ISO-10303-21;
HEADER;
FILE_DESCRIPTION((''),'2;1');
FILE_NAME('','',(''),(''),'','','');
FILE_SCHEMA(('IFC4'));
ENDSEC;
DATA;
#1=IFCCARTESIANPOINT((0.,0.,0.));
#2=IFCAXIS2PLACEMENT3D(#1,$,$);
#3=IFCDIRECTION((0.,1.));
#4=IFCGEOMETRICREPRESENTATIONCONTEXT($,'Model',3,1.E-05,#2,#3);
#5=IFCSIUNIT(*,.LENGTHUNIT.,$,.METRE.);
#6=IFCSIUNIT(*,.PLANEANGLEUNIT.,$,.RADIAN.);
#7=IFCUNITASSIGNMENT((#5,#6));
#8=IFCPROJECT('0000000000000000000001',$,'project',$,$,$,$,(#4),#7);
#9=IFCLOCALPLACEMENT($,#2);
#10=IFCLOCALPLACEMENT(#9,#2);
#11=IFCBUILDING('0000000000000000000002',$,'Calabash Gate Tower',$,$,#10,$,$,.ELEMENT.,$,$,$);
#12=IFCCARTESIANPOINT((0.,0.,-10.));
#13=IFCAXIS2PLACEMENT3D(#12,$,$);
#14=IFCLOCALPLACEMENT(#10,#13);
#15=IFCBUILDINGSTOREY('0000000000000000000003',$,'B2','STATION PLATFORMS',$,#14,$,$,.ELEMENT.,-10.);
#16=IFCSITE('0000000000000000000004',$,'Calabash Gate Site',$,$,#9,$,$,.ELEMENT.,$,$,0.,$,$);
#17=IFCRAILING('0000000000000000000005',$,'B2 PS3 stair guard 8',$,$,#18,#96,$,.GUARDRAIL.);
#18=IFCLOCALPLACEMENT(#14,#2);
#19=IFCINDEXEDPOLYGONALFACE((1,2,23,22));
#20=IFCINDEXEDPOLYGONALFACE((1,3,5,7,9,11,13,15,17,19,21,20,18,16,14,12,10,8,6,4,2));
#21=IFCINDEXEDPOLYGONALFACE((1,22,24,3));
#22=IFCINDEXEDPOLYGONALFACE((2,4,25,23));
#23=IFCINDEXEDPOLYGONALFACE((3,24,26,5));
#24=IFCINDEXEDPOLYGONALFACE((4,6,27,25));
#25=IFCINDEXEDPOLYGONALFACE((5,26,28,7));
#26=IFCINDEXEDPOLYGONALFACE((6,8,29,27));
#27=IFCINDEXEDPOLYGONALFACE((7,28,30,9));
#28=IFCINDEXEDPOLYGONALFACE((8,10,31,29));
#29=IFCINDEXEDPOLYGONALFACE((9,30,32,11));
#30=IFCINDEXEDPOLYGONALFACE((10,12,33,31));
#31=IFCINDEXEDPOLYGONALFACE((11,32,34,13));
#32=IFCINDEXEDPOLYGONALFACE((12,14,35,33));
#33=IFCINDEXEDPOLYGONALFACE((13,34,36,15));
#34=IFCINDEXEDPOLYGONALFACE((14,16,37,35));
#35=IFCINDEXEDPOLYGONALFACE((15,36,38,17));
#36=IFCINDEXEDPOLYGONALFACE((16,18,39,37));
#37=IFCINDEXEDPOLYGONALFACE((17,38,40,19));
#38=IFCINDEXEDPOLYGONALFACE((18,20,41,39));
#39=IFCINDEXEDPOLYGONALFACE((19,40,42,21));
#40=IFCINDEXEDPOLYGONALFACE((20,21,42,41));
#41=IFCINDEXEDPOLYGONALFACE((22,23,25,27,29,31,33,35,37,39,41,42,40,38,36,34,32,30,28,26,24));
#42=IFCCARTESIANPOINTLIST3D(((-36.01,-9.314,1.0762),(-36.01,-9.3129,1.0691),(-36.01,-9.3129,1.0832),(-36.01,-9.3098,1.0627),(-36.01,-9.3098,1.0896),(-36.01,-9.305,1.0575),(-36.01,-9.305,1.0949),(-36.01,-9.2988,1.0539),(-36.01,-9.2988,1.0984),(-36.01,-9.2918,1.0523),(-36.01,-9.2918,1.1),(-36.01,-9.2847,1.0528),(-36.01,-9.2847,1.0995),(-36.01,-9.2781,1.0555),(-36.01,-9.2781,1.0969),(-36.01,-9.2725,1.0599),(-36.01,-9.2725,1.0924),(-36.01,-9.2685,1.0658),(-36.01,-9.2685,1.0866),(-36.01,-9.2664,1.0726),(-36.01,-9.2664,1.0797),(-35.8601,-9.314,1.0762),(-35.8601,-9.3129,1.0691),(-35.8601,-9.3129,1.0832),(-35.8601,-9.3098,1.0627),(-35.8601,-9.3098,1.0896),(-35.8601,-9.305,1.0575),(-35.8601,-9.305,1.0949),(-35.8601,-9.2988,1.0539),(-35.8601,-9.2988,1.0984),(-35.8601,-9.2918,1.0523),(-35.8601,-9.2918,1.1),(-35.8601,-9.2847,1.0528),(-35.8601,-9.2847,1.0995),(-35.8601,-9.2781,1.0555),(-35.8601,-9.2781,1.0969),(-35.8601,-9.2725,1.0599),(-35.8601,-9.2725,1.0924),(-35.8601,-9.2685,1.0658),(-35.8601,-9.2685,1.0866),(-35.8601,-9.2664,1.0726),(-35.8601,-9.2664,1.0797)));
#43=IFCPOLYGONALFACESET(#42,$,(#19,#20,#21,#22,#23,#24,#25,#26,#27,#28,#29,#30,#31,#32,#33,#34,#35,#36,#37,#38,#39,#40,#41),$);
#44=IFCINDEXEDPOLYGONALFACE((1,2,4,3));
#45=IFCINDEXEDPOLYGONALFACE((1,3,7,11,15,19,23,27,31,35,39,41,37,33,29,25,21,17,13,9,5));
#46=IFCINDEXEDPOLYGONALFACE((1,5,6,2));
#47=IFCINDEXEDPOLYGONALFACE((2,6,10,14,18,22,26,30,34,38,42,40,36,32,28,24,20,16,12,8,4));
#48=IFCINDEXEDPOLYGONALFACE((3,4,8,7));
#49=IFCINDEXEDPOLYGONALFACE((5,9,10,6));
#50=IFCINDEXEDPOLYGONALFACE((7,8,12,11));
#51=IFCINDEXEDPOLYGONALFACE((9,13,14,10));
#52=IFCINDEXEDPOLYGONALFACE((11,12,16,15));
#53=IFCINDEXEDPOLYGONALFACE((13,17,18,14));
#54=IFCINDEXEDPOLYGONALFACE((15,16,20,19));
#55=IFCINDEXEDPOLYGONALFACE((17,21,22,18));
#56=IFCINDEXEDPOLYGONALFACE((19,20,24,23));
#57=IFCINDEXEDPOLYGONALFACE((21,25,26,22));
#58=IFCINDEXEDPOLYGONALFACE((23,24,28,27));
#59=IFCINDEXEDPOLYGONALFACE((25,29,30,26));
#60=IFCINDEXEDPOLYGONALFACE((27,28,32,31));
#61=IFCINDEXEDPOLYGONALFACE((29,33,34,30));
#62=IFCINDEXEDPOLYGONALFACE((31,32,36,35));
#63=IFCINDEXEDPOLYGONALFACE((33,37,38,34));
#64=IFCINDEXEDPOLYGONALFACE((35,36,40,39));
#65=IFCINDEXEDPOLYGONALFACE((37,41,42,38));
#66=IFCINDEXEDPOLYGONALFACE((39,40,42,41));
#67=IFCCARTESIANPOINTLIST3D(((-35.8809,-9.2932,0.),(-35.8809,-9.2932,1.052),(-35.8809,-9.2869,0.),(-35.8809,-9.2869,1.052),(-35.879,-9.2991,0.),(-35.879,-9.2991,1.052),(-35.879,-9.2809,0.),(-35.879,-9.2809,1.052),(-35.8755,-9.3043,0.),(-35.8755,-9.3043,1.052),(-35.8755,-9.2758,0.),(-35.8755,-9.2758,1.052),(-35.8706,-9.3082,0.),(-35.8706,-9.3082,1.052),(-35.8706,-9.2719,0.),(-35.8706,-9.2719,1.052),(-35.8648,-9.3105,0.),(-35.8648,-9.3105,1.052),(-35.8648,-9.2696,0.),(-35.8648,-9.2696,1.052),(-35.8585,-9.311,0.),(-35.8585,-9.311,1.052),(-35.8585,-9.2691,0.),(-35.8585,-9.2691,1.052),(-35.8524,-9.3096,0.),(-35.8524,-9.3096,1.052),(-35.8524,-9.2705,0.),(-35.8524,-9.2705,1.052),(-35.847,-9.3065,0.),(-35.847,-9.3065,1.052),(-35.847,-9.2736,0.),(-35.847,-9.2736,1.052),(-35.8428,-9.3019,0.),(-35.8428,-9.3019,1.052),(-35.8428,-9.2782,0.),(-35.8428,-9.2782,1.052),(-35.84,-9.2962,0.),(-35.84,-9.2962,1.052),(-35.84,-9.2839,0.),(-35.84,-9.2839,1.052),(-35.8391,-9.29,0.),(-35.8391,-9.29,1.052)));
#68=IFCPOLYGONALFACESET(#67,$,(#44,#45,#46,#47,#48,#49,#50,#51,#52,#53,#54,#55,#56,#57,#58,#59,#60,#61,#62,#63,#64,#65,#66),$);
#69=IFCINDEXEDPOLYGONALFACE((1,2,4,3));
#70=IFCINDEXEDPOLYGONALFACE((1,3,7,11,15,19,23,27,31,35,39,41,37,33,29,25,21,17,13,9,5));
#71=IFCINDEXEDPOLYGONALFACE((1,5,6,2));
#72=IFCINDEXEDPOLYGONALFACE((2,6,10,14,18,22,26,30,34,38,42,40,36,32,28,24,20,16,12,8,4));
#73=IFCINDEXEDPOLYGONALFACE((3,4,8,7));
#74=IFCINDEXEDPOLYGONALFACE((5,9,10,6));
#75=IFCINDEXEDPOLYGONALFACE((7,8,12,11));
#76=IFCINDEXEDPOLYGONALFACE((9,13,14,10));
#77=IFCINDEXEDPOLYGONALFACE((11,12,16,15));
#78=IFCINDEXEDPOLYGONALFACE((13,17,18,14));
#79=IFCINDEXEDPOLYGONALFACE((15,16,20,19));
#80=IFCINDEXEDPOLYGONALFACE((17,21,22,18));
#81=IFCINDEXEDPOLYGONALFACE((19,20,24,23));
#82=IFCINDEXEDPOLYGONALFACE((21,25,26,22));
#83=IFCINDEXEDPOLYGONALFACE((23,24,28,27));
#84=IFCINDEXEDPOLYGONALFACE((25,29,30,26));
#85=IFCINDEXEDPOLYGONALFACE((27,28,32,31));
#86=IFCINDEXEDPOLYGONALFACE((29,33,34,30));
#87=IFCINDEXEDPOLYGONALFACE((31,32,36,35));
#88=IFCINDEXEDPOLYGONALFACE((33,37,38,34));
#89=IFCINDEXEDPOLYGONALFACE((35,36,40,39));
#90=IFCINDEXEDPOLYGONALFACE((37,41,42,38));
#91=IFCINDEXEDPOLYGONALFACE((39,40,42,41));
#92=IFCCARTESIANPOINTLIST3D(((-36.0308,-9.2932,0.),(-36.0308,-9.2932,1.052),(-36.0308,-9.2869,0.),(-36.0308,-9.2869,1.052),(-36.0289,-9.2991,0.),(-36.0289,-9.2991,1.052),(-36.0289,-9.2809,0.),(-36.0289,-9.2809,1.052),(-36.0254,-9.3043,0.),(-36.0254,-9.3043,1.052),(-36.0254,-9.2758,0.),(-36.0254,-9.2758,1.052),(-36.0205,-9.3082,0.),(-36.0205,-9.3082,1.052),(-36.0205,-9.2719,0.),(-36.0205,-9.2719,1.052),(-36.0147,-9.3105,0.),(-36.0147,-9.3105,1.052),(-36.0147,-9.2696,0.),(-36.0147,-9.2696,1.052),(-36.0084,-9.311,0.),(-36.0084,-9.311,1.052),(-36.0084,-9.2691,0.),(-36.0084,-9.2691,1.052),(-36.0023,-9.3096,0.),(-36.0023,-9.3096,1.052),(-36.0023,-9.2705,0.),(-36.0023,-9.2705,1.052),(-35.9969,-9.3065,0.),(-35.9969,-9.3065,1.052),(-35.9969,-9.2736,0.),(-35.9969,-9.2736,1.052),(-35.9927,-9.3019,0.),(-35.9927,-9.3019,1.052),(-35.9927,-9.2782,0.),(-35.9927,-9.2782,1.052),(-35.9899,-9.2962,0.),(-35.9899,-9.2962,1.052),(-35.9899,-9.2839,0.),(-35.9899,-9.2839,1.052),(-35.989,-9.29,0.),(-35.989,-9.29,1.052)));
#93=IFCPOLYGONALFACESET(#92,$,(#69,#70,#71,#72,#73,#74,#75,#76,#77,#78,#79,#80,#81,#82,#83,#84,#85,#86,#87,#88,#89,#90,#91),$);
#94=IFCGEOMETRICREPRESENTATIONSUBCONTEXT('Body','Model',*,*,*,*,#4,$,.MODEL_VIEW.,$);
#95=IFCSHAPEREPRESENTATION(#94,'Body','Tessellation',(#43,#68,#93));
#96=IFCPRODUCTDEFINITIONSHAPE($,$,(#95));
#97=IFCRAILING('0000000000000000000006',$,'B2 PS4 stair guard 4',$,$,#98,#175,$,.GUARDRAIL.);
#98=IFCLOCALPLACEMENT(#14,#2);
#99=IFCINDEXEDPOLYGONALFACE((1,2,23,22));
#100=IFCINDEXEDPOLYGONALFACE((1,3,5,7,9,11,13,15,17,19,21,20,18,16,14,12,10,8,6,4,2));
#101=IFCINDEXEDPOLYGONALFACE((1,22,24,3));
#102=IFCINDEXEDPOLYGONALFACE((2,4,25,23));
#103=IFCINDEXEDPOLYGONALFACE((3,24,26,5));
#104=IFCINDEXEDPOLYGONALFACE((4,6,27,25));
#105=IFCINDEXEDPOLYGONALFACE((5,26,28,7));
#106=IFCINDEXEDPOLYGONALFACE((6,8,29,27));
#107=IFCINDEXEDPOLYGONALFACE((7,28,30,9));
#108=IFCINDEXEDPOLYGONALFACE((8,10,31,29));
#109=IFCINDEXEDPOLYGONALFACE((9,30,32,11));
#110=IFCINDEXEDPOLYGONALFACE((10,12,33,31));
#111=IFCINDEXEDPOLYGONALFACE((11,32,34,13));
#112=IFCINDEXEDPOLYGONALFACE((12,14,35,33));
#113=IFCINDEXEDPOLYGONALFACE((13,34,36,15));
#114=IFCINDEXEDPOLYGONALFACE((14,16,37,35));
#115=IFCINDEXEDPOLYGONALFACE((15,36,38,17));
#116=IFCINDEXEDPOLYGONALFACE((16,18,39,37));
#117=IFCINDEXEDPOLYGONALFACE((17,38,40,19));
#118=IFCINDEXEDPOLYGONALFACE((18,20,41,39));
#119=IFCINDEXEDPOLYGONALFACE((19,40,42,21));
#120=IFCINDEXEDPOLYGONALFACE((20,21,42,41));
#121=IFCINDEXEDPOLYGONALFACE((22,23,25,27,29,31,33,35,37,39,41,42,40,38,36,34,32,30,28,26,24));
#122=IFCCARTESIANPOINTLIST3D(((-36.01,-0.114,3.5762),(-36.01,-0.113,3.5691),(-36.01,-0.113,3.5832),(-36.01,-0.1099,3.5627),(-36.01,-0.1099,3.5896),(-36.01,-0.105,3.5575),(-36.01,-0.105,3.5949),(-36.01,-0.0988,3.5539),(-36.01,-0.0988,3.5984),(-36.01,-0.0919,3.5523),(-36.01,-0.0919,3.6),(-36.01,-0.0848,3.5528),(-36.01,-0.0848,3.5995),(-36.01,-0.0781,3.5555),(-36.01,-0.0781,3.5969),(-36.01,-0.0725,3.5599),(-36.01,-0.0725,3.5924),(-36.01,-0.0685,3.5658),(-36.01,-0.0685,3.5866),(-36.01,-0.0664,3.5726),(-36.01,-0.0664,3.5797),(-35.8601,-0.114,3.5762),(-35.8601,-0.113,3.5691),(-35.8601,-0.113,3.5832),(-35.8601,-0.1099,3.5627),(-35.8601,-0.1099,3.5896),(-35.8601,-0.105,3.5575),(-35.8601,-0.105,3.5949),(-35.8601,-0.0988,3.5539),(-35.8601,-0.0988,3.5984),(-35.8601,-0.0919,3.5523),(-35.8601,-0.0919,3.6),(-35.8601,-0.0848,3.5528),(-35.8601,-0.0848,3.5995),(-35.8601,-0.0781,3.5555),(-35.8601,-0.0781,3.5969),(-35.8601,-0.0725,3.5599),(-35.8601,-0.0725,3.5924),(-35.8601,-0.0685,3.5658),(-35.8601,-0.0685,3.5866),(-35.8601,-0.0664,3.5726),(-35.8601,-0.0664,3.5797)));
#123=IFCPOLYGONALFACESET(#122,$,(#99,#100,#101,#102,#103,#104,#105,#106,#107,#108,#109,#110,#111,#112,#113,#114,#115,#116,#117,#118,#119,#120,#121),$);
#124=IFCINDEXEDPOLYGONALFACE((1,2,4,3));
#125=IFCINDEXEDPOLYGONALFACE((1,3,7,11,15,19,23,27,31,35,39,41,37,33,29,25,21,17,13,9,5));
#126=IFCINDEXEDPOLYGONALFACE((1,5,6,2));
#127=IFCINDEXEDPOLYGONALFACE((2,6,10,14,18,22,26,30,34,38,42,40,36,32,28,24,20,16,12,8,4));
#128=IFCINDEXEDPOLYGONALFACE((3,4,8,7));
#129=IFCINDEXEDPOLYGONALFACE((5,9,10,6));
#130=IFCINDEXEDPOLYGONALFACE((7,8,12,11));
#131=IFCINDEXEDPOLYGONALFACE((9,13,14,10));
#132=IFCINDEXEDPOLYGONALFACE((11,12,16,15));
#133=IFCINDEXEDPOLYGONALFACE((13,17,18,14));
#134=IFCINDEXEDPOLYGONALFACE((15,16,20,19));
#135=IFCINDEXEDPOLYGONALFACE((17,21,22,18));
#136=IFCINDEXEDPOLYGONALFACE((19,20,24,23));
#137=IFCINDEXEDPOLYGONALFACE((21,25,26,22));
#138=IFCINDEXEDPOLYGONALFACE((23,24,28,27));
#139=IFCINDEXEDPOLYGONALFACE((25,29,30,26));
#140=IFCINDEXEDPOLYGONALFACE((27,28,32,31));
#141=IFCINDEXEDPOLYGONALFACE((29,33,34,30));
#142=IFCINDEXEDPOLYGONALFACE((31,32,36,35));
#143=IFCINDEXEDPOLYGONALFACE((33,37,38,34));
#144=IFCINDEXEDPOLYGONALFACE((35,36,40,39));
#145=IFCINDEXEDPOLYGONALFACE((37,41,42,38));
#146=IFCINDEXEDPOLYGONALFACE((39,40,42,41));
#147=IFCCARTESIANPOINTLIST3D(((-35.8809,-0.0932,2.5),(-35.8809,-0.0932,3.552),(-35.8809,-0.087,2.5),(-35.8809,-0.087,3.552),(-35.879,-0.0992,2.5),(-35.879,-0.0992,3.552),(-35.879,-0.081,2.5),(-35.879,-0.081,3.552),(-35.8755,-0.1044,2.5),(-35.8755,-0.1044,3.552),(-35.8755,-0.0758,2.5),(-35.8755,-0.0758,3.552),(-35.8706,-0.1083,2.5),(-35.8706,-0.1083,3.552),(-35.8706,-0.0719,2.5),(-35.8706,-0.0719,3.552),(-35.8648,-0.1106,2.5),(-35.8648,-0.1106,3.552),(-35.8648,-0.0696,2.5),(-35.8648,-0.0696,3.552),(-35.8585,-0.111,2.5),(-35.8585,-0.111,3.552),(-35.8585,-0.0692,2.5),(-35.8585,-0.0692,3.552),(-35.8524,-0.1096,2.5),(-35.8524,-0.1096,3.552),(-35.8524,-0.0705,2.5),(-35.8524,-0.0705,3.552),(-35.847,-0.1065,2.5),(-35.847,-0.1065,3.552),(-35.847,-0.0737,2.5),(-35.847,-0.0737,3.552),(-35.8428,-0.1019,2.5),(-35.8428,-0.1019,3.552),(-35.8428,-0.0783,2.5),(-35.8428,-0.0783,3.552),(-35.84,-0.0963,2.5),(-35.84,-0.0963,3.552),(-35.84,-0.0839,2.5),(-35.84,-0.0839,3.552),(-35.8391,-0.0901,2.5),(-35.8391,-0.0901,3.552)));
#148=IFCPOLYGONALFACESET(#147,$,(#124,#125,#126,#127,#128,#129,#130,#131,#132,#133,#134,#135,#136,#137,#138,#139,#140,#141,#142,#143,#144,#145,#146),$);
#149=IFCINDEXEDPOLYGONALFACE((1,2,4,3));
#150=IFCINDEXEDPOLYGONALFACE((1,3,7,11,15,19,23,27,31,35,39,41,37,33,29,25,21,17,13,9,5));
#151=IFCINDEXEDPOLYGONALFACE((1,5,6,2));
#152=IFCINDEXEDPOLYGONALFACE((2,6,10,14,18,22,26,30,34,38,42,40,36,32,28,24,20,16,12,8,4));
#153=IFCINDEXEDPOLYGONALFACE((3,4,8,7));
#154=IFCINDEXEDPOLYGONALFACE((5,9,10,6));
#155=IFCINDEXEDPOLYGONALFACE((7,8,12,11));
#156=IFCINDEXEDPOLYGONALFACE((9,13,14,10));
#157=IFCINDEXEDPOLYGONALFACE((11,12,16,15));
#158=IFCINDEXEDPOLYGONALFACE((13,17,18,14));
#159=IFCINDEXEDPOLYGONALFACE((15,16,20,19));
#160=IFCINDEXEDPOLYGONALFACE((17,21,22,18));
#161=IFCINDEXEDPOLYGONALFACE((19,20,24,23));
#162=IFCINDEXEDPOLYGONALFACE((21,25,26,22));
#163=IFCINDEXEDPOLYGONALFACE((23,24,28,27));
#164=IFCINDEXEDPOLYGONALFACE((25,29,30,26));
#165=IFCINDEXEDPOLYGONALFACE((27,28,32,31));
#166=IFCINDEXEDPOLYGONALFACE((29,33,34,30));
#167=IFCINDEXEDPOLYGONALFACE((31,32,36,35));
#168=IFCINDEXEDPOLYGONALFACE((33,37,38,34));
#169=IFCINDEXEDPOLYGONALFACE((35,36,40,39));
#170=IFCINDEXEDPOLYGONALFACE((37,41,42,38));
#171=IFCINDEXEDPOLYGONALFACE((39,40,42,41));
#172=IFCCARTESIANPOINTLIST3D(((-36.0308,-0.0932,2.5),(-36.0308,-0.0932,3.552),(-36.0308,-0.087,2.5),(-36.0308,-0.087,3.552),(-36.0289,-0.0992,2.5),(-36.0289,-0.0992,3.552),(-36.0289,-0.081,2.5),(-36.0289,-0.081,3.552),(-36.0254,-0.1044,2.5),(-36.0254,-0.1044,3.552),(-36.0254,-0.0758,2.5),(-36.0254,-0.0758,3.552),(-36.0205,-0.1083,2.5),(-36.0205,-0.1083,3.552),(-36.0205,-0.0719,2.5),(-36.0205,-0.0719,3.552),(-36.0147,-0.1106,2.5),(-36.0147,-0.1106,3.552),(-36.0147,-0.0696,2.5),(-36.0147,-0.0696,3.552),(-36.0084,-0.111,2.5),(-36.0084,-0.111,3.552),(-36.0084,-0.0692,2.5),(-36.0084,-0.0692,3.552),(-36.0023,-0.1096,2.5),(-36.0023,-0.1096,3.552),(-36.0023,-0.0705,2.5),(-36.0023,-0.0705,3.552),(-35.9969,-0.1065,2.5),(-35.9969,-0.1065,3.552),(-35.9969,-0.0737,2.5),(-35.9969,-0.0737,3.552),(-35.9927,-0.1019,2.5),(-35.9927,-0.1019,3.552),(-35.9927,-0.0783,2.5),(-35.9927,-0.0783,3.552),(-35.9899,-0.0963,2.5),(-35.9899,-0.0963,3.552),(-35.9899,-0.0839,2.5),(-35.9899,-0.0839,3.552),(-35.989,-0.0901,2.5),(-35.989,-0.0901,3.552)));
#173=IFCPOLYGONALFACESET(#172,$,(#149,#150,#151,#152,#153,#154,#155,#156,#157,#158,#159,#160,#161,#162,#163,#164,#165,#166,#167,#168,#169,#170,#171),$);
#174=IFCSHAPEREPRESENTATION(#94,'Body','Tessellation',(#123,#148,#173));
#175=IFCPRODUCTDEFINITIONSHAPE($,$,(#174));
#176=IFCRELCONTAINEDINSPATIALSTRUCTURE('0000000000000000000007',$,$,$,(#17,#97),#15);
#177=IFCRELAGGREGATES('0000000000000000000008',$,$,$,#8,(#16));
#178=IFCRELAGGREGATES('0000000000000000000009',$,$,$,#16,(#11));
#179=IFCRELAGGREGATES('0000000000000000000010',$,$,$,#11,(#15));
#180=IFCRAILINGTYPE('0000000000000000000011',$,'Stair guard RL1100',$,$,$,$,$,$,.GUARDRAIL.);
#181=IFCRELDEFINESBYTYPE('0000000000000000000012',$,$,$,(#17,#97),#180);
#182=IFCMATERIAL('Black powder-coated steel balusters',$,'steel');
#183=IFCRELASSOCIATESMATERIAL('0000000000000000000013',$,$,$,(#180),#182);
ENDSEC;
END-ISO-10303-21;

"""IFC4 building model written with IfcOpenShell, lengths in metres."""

from ifc_helpers import new_model, si_unit, direction, frame, origin, origin_2d, place, context, subcontext, project, spatial, circle, extrude, material, type_object, element, save


model = new_model("IFC4")

# Units and contexts
model_context = context("Model", 3, precision=1e-05, world=origin(), true_north=direction((0.0, 1.0)))
body_context = subcontext(model_context, "Body", "Model", "MODEL_VIEW")
ifc_project = project(units=[si_unit("LENGTHUNIT", "METRE"), si_unit("PLANEANGLEUNIT", "RADIAN")], contexts=[model_context])

# Site, building, storey
site_placement = place(None, origin())
site = spatial("IfcSite", under=ifc_project, at=site_placement, Name="Calabash Gate Site", CompositionType="ELEMENT", RefElevation=0.0)
building_placement = place(site_placement, origin())
building = spatial("IfcBuilding", under=site, at=building_placement, Name="Calabash Gate Tower", CompositionType="ELEMENT")
storey_placement = place(building_placement, frame((0.0, 0.0, -10.0)))
storey = spatial("IfcBuildingStorey", under=building, at=storey_placement, Name="B2", Description="STATION PLATFORMS", CompositionType="ELEMENT", Elevation=-10.0)

# Railings
ifc_material_1 = material(Name="Black powder-coated steel balusters", Category="steel")
railing_type_1 = type_object("IfcRailingType", Name="Stair guard RL1100", PredefinedType="GUARDRAIL", material=ifc_material_1)
for number, where, name in (
    (1, (-35.8601, -9.29, 0.0), "B2 PS3 stair guard 8"),
    (2, (-35.8601, -0.0901, 2.5), "B2 PS4 stair guard 4"),
):
    element("IfcRailing", number, at=place(storey_placement, frame(where)), inside=storey, type_object=railing_type_1, Name=name, PredefinedType="GUARDRAIL", context=body_context, shape_type="SweptSolid", body=[
        extrude(circle(Radius=0.0239, at=origin_2d()), frame((0.0, 0.0, 1.0762), z_axis=(-1.0, 0.0, 0.0), x_axis=(0.0, -1.0, 0.0)), (0.0, 0.0, 1.0), 0.1499),
        extrude(circle(Radius=0.021, at=origin_2d()), origin(), (0.0, 0.0, 1.0), 1.052),
        extrude(circle(Radius=0.021, at=origin_2d()), frame((-0.1499, 0.0, 0.0)), (0.0, 0.0, 1.0), 1.052),
    ])

save(model, "model.ifc")
